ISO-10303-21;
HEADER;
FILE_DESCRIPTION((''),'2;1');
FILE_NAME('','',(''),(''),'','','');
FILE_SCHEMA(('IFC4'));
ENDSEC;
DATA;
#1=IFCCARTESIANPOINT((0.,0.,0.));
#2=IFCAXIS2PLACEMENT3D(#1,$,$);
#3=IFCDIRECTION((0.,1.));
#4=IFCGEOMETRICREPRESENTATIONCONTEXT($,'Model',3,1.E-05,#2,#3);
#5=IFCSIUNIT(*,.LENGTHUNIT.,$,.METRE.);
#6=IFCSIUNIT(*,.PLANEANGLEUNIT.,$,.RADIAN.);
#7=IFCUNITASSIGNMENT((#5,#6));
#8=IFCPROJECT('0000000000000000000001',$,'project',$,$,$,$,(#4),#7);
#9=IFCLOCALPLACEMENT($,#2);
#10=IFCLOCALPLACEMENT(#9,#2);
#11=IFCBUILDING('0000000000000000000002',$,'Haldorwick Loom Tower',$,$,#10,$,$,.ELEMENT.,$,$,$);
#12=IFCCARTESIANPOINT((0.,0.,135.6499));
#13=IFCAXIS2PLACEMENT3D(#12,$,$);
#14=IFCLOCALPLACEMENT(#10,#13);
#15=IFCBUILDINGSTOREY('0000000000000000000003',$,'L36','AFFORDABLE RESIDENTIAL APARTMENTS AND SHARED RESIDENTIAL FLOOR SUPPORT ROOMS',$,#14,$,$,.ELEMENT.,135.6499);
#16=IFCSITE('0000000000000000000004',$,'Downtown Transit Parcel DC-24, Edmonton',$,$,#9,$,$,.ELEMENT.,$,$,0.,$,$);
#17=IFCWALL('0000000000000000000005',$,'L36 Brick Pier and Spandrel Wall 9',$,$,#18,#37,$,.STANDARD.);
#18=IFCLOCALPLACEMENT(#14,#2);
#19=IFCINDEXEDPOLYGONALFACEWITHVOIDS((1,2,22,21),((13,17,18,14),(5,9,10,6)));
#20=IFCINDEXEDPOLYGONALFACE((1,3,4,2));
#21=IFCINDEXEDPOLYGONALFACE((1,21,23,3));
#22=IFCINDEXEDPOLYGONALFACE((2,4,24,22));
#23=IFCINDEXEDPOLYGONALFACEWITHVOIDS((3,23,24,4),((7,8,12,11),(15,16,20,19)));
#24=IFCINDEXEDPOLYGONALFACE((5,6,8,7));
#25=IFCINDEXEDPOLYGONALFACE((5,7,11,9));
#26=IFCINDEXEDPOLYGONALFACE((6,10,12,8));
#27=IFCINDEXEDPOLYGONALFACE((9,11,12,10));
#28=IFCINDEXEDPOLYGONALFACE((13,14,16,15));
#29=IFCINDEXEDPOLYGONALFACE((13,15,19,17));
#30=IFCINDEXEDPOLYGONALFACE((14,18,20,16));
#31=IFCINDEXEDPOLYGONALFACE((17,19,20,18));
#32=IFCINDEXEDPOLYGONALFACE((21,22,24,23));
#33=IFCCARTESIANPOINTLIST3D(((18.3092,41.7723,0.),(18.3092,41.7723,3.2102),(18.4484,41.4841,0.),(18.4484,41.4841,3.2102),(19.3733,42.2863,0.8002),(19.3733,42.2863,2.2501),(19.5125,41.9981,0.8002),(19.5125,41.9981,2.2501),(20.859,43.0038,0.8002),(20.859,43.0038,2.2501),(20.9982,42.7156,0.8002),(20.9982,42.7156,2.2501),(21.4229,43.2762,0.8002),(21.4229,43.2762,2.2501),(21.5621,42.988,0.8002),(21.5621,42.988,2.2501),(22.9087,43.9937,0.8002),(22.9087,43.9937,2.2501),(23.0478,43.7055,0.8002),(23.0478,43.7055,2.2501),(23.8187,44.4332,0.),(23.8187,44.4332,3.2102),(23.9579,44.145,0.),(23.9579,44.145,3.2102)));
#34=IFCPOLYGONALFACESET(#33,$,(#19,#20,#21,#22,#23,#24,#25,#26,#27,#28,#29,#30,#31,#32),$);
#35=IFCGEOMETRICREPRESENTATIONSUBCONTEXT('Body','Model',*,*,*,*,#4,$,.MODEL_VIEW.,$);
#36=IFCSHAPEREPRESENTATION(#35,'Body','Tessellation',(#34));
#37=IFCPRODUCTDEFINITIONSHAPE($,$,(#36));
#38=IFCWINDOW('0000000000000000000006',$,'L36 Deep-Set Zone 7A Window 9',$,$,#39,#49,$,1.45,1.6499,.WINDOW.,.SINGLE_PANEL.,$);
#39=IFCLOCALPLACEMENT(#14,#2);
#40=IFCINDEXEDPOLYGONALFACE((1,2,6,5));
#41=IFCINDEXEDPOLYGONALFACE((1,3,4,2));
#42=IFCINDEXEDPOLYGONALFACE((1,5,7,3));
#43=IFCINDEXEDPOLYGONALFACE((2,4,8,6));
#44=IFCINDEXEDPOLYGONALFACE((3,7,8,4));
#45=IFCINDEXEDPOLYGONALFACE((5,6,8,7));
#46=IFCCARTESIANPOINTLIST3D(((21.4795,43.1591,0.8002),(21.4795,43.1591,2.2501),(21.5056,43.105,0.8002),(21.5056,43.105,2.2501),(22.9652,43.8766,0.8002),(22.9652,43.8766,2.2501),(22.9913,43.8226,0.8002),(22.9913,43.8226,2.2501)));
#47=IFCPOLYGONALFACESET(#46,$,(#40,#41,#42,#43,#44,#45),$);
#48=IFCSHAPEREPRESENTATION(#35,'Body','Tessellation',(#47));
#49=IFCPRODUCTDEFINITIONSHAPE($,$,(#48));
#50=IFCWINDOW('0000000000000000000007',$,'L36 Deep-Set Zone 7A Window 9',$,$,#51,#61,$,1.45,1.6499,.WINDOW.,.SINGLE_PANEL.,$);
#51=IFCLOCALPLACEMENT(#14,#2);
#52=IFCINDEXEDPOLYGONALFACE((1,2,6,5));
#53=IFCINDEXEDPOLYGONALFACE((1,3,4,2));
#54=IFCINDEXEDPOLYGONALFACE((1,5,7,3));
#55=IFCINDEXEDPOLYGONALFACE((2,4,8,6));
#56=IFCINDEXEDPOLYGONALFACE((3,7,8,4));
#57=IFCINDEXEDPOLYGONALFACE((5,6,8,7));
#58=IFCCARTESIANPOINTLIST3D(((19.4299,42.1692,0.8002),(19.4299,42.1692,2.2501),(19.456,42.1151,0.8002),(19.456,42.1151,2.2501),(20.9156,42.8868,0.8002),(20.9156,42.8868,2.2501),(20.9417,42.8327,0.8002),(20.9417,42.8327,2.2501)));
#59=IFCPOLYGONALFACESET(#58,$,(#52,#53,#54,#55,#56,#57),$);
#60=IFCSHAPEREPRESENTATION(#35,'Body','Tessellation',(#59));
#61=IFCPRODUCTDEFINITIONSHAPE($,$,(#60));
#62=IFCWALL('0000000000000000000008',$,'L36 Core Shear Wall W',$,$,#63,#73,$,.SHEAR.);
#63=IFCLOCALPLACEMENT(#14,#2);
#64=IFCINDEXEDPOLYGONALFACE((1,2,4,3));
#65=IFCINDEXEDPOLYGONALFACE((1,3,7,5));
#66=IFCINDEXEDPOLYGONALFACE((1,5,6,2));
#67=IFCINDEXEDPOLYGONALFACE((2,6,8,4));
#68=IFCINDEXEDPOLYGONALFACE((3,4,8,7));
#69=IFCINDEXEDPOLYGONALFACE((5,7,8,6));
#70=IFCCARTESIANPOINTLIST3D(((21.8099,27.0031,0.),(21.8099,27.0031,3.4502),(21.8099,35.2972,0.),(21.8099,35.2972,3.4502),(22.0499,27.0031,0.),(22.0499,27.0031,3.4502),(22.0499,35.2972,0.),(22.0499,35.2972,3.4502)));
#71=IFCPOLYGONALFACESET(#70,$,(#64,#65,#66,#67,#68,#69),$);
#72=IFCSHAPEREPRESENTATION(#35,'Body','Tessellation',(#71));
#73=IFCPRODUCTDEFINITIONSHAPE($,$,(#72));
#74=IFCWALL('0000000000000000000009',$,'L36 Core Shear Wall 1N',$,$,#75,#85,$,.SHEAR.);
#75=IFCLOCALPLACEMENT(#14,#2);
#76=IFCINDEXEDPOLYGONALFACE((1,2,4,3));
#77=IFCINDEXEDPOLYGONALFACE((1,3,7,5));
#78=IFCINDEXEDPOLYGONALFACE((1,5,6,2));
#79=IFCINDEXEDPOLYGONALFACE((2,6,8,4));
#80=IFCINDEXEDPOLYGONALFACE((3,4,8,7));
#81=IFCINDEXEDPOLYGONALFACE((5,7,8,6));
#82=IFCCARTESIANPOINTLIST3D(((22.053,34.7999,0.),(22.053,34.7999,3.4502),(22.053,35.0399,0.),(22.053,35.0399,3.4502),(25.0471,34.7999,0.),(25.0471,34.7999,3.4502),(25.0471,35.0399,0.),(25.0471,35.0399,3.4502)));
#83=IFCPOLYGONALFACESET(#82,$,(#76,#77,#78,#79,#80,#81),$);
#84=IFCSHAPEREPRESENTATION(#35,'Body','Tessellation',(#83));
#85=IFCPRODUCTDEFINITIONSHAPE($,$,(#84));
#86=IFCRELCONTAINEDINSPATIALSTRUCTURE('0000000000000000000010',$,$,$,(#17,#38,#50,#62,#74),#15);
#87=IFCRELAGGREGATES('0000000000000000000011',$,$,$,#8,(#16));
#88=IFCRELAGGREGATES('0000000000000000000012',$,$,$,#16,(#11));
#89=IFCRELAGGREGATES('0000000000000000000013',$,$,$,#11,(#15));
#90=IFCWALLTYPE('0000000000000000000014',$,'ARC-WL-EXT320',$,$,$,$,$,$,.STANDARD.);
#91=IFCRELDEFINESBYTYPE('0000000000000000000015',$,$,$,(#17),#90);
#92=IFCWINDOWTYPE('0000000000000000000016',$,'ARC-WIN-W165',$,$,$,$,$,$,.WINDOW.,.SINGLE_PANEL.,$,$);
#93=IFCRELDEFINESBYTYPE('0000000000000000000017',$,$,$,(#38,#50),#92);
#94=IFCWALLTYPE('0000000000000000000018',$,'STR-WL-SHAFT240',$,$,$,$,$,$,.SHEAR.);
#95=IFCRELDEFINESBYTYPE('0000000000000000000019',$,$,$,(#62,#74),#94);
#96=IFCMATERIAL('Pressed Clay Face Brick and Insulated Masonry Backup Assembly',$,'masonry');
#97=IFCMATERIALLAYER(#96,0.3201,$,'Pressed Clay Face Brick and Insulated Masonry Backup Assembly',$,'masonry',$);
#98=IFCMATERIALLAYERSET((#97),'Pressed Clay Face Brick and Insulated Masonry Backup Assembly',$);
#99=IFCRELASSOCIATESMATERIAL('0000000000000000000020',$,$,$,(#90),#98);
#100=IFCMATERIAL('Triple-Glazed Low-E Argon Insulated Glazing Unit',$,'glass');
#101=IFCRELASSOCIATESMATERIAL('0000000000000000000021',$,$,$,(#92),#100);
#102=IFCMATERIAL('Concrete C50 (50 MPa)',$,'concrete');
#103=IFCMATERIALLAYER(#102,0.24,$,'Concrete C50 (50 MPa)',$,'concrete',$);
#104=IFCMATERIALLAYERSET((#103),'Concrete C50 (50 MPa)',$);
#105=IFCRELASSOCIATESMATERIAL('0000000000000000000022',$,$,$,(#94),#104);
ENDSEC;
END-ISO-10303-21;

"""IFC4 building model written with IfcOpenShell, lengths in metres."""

from ifc_helpers import new_model, si_unit, direction, frame, frame_2d, origin, place, context, subcontext, project, spatial, rectangle, extrude, material, layer, layer_set, type_object, element, fill, save


model = new_model("IFC4")

# Units and contexts
model_context = context("Model", 3, precision=1e-05, world=origin(), true_north=direction((0.0, 1.0)))
body_context = subcontext(model_context, "Body", "Model", "MODEL_VIEW")
ifc_project = project(units=[si_unit("LENGTHUNIT", "METRE"), si_unit("PLANEANGLEUNIT", "RADIAN")], contexts=[model_context])

# Site, building, storey
site_placement = place(None, origin())
site = spatial("IfcSite", under=ifc_project, at=site_placement, Name="Downtown Transit Parcel DC-24, Edmonton", CompositionType="ELEMENT", RefElevation=0.0)
building_placement = place(site_placement, origin())
building = spatial("IfcBuilding", under=site, at=building_placement, Name="Haldorwick Loom Tower", CompositionType="ELEMENT")
storey_placement = place(building_placement, frame((0.0, 0.0, 135.6499)))
storey = spatial("IfcBuildingStorey", under=building, at=storey_placement, Name="L36", Description="AFFORDABLE RESIDENTIAL APARTMENTS AND SHARED RESIDENTIAL FLOOR SUPPORT ROOMS", CompositionType="ELEMENT", Elevation=135.6499)

# Wall, openings, windows
ifc_material_1 = material(Name="Pressed Clay Face Brick and Insulated Masonry Backup Assembly", Category="masonry")
ifc_layer_1 = layer(ifc_material_1, 0.3201, Name="Pressed Clay Face Brick and Insulated Masonry Backup Assembly", Category="masonry")
ifc_layer_set_1 = layer_set([ifc_layer_1], Name="Pressed Clay Face Brick and Insulated Masonry Backup Assembly")
wall_type_1 = type_object("IfcWallType", Name="ARC-WL-EXT320", PredefinedType="STANDARD", material=ifc_layer_set_1)
wall_1_placement = place(storey_placement, frame((23.8882, 44.2891, 0.0), z_axis=(0.0, 0.0, 1.0), x_axis=(-0.90048, -0.434897, 0.0)))
wall_1 = element("IfcWall", 1, at=wall_1_placement, inside=storey, type_object=wall_type_1, Name="L36 Brick Pier and Spandrel Wall 9", PredefinedType="STANDARD", context=body_context, shape_type="SweptSolid", body=[
    extrude(rectangle(XDim=6.1184, YDim=0.3201, at=frame_2d((3.0591, 0.0))), origin(), (0.0, 0.0, 1.0), 3.2102),
])
opening_1_placement = place(wall_1_placement, frame((1.0105, 0.0, 0.8)))
opening_1 = element("IfcOpeningElement", 2, at=opening_1_placement, cuts=wall_1, PredefinedType="OPENING", context=body_context, shape_type="SweptSolid", body=[
    extrude(rectangle(XDim=1.6499, YDim=1.45, at=frame_2d((0.825, 0.7251))), frame((0.0, 0.1699, 0.0), z_axis=(0.0, -1.0, 0.0), x_axis=(1.0, 0.0, 0.0)), (0.0, 0.0, 1.0), 0.3401),
])
opening_2_placement = place(wall_1_placement, frame((3.2866, 0.0, 0.8)))
opening_2 = element("IfcOpeningElement", 3, at=opening_2_placement, cuts=wall_1, PredefinedType="OPENING", context=body_context, shape_type="SweptSolid", body=[
    extrude(rectangle(XDim=1.6499, YDim=1.45, at=frame_2d((0.825, 0.7251))), frame((0.0, 0.1699, 0.0), z_axis=(0.0, -1.0, 0.0), x_axis=(1.0, 0.0, 0.0)), (0.0, 0.0, 1.0), 0.3401),
])
ifc_material_2 = material(Name="Triple-Glazed Low-E Argon Insulated Glazing Unit", Category="glass")
window_type = type_object("IfcWindowType", Name="ARC-WIN-W165", PartitioningType="SINGLE_PANEL", PredefinedType="WINDOW", material=ifc_material_2)
window_1_placement = place(opening_1_placement, origin())
window_1 = element("IfcWindow", 4, at=window_1_placement, inside=storey, type_object=window_type, Name="L36 Deep-Set Zone 7A Window 9", OverallHeight=1.45, OverallWidth=1.6499, PartitioningType="SINGLE_PANEL", PredefinedType="WINDOW", context=body_context, shape_type="SweptSolid", body=[
    extrude(rectangle(XDim=1.6499, YDim=1.45, at=frame_2d((0.825, 0.7251))), frame((0.0, 0.03, 0.0), z_axis=(0.0, -1.0, 0.0), x_axis=(1.0, 0.0, 0.0)), (0.0, 0.0, 1.0), 0.0601),
])
fill(opening_1, window_1)
window_2_placement = place(opening_2_placement, origin())
window_2 = element("IfcWindow", 5, at=window_2_placement, inside=storey, type_object=window_type, Name="L36 Deep-Set Zone 7A Window 9", OverallHeight=1.45, OverallWidth=1.6499, PartitioningType="SINGLE_PANEL", PredefinedType="WINDOW", context=body_context, shape_type="SweptSolid", body=[
    extrude(rectangle(XDim=1.6499, YDim=1.45, at=frame_2d((0.825, 0.7251))), frame((0.0, 0.03, 0.0), z_axis=(0.0, -1.0, 0.0), x_axis=(1.0, 0.0, 0.0)), (0.0, 0.0, 1.0), 0.0601),
])
fill(opening_2, window_2)

# Walls
ifc_material_3 = material(Name="Concrete C50 (50 MPa)", Category="concrete")
ifc_layer_2 = layer(ifc_material_3, 0.24, Name="Concrete C50 (50 MPa)", Category="concrete")
ifc_layer_set_2 = layer_set([ifc_layer_2], Name="Concrete C50 (50 MPa)")
wall_type_2 = type_object("IfcWallType", Name="STR-WL-SHAFT240", PredefinedType="SHEAR", material=ifc_layer_set_2)
wall_2_placement = place(storey_placement, frame((21.9299, 35.2971, 0.0), z_axis=(0.0, 0.0, 1.0), x_axis=(0.0, -1.0, 0.0)))
element("IfcWall", 6, at=wall_2_placement, inside=storey, type_object=wall_type_2, Name="L36 Core Shear Wall W", PredefinedType="SHEAR", context=body_context, shape_type="SweptSolid", body=[
    extrude(rectangle(XDim=8.2942, YDim=0.24, at=frame_2d((4.147, 0.0))), origin(), (0.0, 0.0, 1.0), 3.4502),
])
wall_3_placement = place(storey_placement, frame((22.053, 34.9199, 0.0), z_axis=(0.0, 0.0, 1.0), x_axis=(1.0, 0.0, 0.0)))
element("IfcWall", 7, at=wall_3_placement, inside=storey, type_object=wall_type_2, Name="L36 Core Shear Wall 1N", PredefinedType="SHEAR", context=body_context, shape_type="SweptSolid", body=[
    extrude(rectangle(XDim=2.9941, YDim=0.24, at=frame_2d((1.4971, 0.0))), origin(), (0.0, 0.0, 1.0), 3.4502),
])

save(model, "model.ifc")
